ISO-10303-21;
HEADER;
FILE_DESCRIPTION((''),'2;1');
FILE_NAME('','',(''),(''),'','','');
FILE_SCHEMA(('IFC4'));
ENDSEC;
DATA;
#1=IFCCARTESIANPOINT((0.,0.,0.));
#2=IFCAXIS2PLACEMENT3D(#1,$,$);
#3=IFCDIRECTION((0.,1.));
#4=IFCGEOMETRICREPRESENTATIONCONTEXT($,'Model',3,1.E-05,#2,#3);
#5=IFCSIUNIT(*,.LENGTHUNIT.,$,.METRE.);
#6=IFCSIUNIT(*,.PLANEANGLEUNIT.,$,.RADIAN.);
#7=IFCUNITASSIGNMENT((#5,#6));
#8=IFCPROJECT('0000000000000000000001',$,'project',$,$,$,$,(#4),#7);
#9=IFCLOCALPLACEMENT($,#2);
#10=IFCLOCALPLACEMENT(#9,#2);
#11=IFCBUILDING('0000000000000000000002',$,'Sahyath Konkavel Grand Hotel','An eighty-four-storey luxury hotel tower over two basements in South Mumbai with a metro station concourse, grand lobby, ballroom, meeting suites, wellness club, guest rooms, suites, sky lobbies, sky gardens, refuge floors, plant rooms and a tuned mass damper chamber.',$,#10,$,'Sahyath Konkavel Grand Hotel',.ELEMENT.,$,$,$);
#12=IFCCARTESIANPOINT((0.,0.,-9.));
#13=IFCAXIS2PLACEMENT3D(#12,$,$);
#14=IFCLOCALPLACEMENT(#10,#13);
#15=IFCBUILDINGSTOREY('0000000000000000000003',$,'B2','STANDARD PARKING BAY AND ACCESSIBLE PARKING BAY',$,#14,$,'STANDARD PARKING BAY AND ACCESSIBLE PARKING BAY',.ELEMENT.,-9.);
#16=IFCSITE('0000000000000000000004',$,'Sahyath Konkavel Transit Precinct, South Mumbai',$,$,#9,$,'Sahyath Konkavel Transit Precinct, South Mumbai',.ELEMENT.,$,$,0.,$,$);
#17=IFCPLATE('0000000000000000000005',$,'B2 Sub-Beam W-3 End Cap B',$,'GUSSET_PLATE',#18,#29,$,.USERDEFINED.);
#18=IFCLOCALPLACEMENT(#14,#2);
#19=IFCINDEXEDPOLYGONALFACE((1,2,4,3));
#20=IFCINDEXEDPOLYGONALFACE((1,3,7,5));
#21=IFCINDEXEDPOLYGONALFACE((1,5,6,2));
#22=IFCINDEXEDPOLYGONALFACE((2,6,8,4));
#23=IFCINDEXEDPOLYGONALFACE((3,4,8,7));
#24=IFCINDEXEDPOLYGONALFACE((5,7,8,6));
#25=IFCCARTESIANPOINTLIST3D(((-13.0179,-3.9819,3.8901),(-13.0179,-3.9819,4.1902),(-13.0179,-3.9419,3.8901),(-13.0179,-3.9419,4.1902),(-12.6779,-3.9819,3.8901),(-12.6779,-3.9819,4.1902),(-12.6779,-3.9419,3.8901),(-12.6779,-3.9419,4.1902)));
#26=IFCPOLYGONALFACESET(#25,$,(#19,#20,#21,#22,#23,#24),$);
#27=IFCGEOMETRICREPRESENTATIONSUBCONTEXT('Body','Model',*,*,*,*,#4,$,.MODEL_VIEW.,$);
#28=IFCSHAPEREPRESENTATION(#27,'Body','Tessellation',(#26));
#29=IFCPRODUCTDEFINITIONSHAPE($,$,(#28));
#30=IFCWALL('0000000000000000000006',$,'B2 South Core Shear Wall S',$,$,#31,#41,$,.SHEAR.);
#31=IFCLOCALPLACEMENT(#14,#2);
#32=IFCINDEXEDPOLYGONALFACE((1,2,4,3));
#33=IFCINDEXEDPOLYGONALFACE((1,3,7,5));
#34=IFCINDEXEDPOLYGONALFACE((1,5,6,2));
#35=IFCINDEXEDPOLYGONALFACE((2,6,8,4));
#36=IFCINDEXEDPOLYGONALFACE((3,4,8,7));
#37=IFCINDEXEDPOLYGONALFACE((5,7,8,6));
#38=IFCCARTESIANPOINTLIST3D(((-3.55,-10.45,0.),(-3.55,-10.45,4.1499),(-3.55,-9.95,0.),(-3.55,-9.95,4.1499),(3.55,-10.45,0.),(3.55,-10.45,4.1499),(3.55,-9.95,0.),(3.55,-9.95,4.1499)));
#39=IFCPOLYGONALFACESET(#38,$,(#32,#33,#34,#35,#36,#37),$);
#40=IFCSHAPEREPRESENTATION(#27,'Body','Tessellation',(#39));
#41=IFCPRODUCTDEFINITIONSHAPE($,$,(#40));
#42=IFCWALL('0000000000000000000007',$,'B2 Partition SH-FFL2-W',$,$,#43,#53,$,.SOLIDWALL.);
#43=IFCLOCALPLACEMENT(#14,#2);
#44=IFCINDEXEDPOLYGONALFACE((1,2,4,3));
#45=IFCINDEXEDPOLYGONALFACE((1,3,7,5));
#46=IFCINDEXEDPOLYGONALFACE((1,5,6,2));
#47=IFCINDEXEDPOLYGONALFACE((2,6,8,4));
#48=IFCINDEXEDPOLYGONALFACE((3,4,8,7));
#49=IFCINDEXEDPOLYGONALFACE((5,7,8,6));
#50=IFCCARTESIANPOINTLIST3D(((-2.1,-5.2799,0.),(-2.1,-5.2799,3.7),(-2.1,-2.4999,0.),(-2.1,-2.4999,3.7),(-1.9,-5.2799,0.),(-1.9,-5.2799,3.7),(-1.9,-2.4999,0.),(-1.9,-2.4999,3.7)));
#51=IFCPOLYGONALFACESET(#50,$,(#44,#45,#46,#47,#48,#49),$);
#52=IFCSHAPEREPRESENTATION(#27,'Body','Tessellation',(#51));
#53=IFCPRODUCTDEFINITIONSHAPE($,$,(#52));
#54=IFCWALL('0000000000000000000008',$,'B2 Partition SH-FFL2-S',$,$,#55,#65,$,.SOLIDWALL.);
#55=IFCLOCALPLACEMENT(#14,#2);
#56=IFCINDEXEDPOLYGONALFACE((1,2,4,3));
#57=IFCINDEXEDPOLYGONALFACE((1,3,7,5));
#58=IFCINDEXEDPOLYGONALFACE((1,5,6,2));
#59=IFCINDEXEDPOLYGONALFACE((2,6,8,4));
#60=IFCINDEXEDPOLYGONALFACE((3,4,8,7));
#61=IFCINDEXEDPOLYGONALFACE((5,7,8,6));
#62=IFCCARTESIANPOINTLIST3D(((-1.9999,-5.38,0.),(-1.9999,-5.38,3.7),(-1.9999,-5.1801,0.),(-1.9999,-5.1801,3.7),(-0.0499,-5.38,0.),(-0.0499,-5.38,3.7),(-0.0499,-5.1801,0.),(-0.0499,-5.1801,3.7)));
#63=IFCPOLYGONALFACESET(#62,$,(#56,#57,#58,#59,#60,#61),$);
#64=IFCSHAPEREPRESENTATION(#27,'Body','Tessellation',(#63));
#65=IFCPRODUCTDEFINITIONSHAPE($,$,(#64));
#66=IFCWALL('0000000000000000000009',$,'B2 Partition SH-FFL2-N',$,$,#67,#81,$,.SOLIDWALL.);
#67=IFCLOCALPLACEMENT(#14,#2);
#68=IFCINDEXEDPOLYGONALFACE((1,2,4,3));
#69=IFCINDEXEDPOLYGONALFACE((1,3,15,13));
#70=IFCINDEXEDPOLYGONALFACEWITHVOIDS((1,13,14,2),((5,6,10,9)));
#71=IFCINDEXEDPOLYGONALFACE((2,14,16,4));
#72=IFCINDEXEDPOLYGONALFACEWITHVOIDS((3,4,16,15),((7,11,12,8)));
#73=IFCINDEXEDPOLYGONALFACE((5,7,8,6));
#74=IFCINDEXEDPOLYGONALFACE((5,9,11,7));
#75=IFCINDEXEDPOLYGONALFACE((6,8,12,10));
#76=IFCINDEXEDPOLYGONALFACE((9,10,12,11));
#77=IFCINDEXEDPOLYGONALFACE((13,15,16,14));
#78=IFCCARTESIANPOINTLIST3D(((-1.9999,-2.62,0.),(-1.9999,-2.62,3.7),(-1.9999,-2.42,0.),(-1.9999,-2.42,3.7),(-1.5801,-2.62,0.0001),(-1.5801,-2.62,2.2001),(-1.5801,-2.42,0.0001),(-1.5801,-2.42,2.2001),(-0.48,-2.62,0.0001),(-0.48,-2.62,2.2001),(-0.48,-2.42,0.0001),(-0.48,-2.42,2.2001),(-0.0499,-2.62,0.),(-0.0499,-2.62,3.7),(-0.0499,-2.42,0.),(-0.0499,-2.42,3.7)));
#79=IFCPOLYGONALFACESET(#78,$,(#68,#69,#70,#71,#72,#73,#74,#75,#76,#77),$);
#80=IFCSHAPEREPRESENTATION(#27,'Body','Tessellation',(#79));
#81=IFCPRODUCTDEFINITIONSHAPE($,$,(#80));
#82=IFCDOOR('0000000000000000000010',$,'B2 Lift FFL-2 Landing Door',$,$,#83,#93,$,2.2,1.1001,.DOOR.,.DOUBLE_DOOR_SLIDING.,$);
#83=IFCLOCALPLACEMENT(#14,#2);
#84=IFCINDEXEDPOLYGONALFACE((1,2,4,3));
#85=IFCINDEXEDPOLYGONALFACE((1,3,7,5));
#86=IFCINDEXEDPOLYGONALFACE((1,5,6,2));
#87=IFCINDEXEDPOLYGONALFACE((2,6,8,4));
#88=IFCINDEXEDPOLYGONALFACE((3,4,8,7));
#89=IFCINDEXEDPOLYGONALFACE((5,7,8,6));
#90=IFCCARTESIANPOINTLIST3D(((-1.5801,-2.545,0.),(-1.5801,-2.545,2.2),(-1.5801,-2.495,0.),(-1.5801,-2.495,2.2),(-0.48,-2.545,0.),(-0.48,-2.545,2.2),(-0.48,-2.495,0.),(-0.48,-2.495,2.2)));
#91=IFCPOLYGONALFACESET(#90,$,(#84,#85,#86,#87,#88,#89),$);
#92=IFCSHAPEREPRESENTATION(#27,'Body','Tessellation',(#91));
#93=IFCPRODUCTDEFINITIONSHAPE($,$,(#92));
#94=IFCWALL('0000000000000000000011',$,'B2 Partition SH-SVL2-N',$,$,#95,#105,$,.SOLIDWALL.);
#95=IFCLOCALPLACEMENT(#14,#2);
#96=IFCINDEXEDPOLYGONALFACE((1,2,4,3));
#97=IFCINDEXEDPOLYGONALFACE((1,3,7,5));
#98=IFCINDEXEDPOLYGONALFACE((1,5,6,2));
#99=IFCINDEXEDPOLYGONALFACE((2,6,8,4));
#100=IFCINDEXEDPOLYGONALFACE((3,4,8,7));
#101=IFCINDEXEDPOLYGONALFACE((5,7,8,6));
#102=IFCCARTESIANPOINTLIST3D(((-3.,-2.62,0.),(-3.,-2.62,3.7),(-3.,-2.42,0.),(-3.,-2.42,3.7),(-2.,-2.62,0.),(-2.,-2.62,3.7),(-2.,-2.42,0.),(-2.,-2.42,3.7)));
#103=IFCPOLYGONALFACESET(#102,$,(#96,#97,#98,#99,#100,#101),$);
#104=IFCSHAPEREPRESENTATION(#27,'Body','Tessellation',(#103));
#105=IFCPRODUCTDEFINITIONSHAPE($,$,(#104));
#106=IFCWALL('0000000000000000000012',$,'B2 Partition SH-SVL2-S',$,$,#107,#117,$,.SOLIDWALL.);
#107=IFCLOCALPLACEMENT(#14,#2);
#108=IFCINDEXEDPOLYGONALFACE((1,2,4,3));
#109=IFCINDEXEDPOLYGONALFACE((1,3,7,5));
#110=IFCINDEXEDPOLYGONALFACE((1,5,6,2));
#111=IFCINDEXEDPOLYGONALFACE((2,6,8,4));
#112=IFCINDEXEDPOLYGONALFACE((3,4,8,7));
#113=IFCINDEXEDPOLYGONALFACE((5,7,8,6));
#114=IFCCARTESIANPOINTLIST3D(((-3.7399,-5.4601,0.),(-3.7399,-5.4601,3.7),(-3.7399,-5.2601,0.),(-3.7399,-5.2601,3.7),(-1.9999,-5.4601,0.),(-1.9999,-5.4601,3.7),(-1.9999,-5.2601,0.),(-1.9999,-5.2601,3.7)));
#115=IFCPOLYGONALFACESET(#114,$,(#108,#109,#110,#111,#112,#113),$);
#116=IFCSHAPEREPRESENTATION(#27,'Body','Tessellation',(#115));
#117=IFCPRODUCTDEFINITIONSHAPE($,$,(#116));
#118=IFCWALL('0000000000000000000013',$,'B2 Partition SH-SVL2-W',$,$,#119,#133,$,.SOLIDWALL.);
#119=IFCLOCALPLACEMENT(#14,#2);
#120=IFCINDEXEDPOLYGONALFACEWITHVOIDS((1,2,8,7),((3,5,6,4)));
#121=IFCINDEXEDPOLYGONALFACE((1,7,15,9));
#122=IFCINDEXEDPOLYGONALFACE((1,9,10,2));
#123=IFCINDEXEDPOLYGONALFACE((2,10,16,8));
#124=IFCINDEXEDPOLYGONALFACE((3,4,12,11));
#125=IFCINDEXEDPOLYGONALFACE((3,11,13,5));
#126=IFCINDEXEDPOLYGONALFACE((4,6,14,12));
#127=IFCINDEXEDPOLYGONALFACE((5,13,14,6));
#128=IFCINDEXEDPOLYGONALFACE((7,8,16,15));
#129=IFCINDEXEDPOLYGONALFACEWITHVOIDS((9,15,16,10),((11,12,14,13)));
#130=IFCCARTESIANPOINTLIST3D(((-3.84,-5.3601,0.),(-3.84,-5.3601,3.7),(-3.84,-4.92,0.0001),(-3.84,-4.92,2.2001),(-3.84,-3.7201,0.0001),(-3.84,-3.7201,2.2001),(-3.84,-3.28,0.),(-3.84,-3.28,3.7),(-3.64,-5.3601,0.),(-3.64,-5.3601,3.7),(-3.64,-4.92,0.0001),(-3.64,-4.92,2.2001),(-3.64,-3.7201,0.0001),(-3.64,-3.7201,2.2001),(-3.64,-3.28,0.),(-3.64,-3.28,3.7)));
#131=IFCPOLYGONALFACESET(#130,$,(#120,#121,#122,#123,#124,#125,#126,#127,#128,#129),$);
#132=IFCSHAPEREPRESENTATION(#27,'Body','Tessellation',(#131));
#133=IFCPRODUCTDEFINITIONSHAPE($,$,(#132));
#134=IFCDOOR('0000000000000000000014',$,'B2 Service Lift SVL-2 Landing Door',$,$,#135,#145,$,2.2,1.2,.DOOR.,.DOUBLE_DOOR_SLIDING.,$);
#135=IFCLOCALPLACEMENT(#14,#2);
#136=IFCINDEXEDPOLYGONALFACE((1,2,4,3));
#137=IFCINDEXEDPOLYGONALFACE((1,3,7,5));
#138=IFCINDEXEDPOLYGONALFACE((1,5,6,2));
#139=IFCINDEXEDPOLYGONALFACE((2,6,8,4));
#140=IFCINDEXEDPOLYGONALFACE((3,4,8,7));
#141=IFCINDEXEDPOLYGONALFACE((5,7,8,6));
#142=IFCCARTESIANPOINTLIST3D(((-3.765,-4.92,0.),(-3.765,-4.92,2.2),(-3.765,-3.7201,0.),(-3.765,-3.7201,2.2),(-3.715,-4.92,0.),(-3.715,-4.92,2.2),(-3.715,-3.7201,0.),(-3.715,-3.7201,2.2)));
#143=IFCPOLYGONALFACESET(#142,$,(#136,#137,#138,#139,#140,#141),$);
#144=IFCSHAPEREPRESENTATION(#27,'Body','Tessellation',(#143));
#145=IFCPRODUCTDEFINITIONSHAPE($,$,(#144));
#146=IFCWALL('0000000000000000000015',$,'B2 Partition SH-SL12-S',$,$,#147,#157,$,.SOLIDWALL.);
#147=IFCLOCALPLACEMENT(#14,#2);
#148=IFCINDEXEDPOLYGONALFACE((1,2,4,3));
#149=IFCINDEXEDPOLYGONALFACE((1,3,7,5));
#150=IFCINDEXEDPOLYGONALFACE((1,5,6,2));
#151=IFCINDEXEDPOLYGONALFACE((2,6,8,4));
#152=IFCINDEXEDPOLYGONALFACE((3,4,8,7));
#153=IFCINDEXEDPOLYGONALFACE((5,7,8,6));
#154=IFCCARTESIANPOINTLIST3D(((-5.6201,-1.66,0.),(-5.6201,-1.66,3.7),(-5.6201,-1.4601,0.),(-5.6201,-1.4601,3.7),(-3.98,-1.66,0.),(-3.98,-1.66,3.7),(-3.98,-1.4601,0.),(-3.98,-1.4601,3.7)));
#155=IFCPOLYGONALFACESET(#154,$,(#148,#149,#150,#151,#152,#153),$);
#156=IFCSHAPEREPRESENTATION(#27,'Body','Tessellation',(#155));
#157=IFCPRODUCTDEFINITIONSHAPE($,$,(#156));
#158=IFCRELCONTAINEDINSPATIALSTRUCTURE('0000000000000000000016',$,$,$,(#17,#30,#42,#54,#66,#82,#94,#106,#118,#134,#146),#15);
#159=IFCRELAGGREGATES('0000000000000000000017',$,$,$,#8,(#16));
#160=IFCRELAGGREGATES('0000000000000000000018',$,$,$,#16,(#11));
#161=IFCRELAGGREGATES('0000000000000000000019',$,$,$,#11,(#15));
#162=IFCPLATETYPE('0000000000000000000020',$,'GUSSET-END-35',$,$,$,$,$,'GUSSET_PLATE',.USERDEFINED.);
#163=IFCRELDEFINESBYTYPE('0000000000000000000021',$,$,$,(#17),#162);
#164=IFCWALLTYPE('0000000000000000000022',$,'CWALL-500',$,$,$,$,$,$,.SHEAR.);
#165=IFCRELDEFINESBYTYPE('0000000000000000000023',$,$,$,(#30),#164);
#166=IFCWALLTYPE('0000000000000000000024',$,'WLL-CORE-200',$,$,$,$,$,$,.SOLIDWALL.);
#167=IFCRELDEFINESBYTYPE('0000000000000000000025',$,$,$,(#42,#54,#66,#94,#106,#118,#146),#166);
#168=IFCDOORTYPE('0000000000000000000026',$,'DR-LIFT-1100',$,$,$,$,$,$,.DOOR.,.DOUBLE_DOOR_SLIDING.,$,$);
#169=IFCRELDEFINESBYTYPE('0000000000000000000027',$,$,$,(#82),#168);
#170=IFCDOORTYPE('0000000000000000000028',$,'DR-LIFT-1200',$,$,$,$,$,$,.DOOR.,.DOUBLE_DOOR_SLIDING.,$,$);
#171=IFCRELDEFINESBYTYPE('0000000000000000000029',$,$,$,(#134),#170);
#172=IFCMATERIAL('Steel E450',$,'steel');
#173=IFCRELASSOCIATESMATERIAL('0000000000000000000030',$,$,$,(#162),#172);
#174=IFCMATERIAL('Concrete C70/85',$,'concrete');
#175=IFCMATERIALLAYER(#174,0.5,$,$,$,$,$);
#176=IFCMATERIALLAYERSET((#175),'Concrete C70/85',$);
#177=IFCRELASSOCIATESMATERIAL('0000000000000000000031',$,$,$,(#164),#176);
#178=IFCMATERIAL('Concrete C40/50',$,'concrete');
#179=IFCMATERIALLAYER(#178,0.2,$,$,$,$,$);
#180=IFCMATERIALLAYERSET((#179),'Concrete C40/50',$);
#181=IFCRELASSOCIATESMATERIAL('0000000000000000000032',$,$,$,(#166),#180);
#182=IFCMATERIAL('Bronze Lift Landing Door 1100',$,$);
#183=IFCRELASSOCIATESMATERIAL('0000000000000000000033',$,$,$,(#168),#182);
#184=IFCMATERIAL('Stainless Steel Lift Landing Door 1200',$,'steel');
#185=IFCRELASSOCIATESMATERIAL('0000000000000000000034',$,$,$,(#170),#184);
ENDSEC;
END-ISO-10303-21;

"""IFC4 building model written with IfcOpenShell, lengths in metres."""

from ifc_helpers import new_model, si_unit, direction, frame, frame_2d, origin, origin_2d, place, context, subcontext, project, spatial, rectangle, extrude, source, transform, mapped, material, layer, layer_set, type_object, element, fill, save


model = new_model("IFC4")

# Units and contexts
model_context = context("Model", 3, precision=1e-05, world=origin(), true_north=direction((0.0, 1.0)))
body_context = subcontext(model_context, "Body", "Model", "MODEL_VIEW")
ifc_project = project(units=[si_unit("LENGTHUNIT", "METRE"), si_unit("PLANEANGLEUNIT", "RADIAN")], contexts=[model_context])

# Site, building, storey
site_placement = place(None, origin())
site = spatial("IfcSite", under=ifc_project, at=site_placement, Name="Sahyath Konkavel Transit Precinct, South Mumbai", LongName="Sahyath Konkavel Transit Precinct, South Mumbai", CompositionType="ELEMENT", RefElevation=0.0)
building_placement = place(site_placement, origin())
building = spatial("IfcBuilding", under=site, at=building_placement, Name="Sahyath Konkavel Grand Hotel", Description="An eighty-four-storey luxury hotel tower over two basements in South Mumbai with a metro station concourse, grand lobby, ballroom, meeting suites, wellness club, guest rooms, suites, sky lobbies, sky gardens, refuge floors, plant rooms and a tuned mass damper chamber.", LongName="Sahyath Konkavel Grand Hotel", CompositionType="ELEMENT")
storey_placement = place(building_placement, frame((0.0, 0.0, -9.0)))
storey = spatial("IfcBuildingStorey", under=building, at=storey_placement, Name="B2", Description="STANDARD PARKING BAY AND ACCESSIBLE PARKING BAY", LongName="STANDARD PARKING BAY AND ACCESSIBLE PARKING BAY", CompositionType="ELEMENT", Elevation=-9.0)

# Shared definitions
ifc_material_1 = material(Name="Concrete C70/85", Category="concrete")

# Plate
ifc_material_2 = material(Name="Steel E450", Category="steel")
plate_type = type_object("IfcPlateType", Name="GUSSET-END-35", ElementType="GUSSET_PLATE", PredefinedType="USERDEFINED", material=ifc_material_2)
shared_shape_1 = source(origin(), body_context, "Body", "SweptSolid", [
    extrude(rectangle(XDim=0.04, YDim=0.3401, at=origin_2d()), origin(), (0.0, 0.0, 1.0), 0.3),
])
plate_placement = place(storey_placement, frame((-12.8479, -3.9619, 3.8901), z_axis=(0.0, 0.0, 1.0), x_axis=(0.0, -1.0, 0.0)))
element("IfcPlate", 1, at=plate_placement, inside=storey, type_object=plate_type, Name="B2 Sub-Beam W-3 End Cap B", ObjectType="GUSSET_PLATE", PredefinedType="USERDEFINED", context=body_context, shape_type="MappedRepresentation", body=[
    mapped(shared_shape_1, transform((0.0, 0.0, 0.0), scale=1.0)),
])

# Walls
ifc_layer_1 = layer(ifc_material_1, 0.5)
ifc_layer_set_1 = layer_set([ifc_layer_1], Name="Concrete C70/85")
wall_type_1 = type_object("IfcWallType", Name="CWALL-500", PredefinedType="SHEAR", material=ifc_layer_set_1)
wall_1_placement = place(storey_placement, frame((-3.55, -10.2, 0.0), z_axis=(0.0, 0.0, 1.0), x_axis=(1.0, 0.0, 0.0)))
element("IfcWall", 2, at=wall_1_placement, inside=storey, type_object=wall_type_1, Name="B2 South Core Shear Wall S", PredefinedType="SHEAR", context=body_context, shape_type="SweptSolid", body=[
    extrude(rectangle(XDim=7.1001, YDim=0.5, at=frame_2d((3.55, 0.0))), origin(), (0.0, 0.0, 1.0), 4.1499),
])
ifc_material_3 = material(Name="Concrete C40/50", Category="concrete")
ifc_layer_2 = layer(ifc_material_3, 0.2)
ifc_layer_set_2 = layer_set([ifc_layer_2], Name="Concrete C40/50")
wall_type_2 = type_object("IfcWallType", Name="WLL-CORE-200", PredefinedType="SOLIDWALL", material=ifc_layer_set_2)
wall_2_placement = place(storey_placement, frame((-2.0, -5.28, 0.0), z_axis=(0.0, 0.0, 1.0), x_axis=(0.0, 1.0, 0.0)))
element("IfcWall", 3, at=wall_2_placement, inside=storey, type_object=wall_type_2, Name="B2 Partition SH-FFL2-W", PredefinedType="SOLIDWALL", context=body_context, shape_type="SweptSolid", body=[
    extrude(rectangle(XDim=2.78, YDim=0.2, at=frame_2d((1.3901, 0.0))), origin(), (0.0, 0.0, 1.0), 3.7),
])
wall_3_placement = place(storey_placement, frame((-2.0, -5.28, 0.0), z_axis=(0.0, 0.0, 1.0), x_axis=(1.0, 0.0, 0.0)))
element("IfcWall", 4, at=wall_3_placement, inside=storey, type_object=wall_type_2, Name="B2 Partition SH-FFL2-S", PredefinedType="SOLIDWALL", context=body_context, shape_type="SweptSolid", body=[
    extrude(rectangle(XDim=1.95, YDim=0.2, at=frame_2d((0.9751, 0.0))), origin(), (0.0, 0.0, 1.0), 3.7),
])

# Wall, opening, door
wall_4_placement = place(storey_placement, frame((-2.0, -2.52, 0.0), z_axis=(0.0, 0.0, 1.0), x_axis=(1.0, 0.0, 0.0)))
wall_4 = element("IfcWall", 5, at=wall_4_placement, inside=storey, type_object=wall_type_2, Name="B2 Partition SH-FFL2-N", PredefinedType="SOLIDWALL", context=body_context, shape_type="SweptSolid", body=[
    extrude(rectangle(XDim=1.95, YDim=0.2, at=frame_2d((0.9751, 0.0))), origin(), (0.0, 0.0, 1.0), 3.7),
])
opening_1_placement = place(wall_4_placement, frame((0.4199, 0.0, 0.0)))
opening_1 = element("IfcOpeningElement", 6, at=opening_1_placement, cuts=wall_4, PredefinedType="OPENING", context=body_context, shape_type="SweptSolid", body=[
    extrude(rectangle(XDim=1.1001, YDim=2.2, at=frame_2d((0.55, 1.1001))), frame((0.0, 0.1099, 0.0), z_axis=(0.0, -1.0, 0.0), x_axis=(1.0, 0.0, 0.0)), (0.0, 0.0, 1.0), 0.22),
])
ifc_material_4 = material(Name="Bronze Lift Landing Door 1100")
door_type_1 = type_object("IfcDoorType", Name="DR-LIFT-1100", OperationType="DOUBLE_DOOR_SLIDING", PredefinedType="DOOR", material=ifc_material_4)
shared_shape_2 = source(origin(), body_context, "Body", "SweptSolid", [
    extrude(rectangle(XDim=1.1001, YDim=0.05, at=origin_2d()), origin(), (0.0, 0.0, 1.0), 2.2),
])
door_1_placement = place(opening_1_placement, frame((0.55, 0.0, 0.0)))
door_1 = element("IfcDoor", 7, at=door_1_placement, inside=storey, type_object=door_type_1, Name="B2 Lift FFL-2 Landing Door", OperationType="DOUBLE_DOOR_SLIDING", OverallHeight=2.2, OverallWidth=1.1001, PredefinedType="DOOR", context=body_context, shape_type="MappedRepresentation", body=[
    mapped(shared_shape_2, transform((0.0, 0.0, 0.0), scale=1.0)),
])
fill(opening_1, door_1)

# Walls
wall_5_placement = place(storey_placement, frame((-3.0, -2.52, 0.0), z_axis=(0.0, 0.0, 1.0), x_axis=(1.0, 0.0, 0.0)))
element("IfcWall", 8, at=wall_5_placement, inside=storey, type_object=wall_type_2, Name="B2 Partition SH-SVL2-N", PredefinedType="SOLIDWALL", context=body_context, shape_type="SweptSolid", body=[
    extrude(rectangle(XDim=1.0, YDim=0.2, at=frame_2d((0.5, 0.0))), origin(), (0.0, 0.0, 1.0), 3.7),
])
wall_6_placement = place(storey_placement, frame((-3.74, -5.3601, 0.0), z_axis=(0.0, 0.0, 1.0), x_axis=(1.0, 0.0, 0.0)))
element("IfcWall", 9, at=wall_6_placement, inside=storey, type_object=wall_type_2, Name="B2 Partition SH-SVL2-S", PredefinedType="SOLIDWALL", context=body_context, shape_type="SweptSolid", body=[
    extrude(rectangle(XDim=1.74, YDim=0.2, at=frame_2d((0.8701, 0.0))), origin(), (0.0, 0.0, 1.0), 3.7),
])

# Wall, opening, door
wall_7_placement = place(storey_placement, frame((-3.74, -5.3601, 0.0), z_axis=(0.0, 0.0, 1.0), x_axis=(0.0, 1.0, 0.0)))
wall_7 = element("IfcWall", 10, at=wall_7_placement, inside=storey, type_object=wall_type_2, Name="B2 Partition SH-SVL2-W", PredefinedType="SOLIDWALL", context=body_context, shape_type="SweptSolid", body=[
    extrude(rectangle(XDim=2.0801, YDim=0.2, at=frame_2d((1.04, 0.0))), origin(), (0.0, 0.0, 1.0), 3.7),
])
opening_2_placement = place(wall_7_placement, frame((0.4399, 0.0, 0.0)))
opening_2 = element("IfcOpeningElement", 11, at=opening_2_placement, cuts=wall_7, PredefinedType="OPENING", context=body_context, shape_type="SweptSolid", body=[
    extrude(rectangle(XDim=1.2, YDim=2.2, at=frame_2d((0.6001, 1.1001))), frame((0.0, 0.1099, 0.0), z_axis=(0.0, -1.0, 0.0), x_axis=(1.0, 0.0, 0.0)), (0.0, 0.0, 1.0), 0.22),
])
ifc_material_5 = material(Name="Stainless Steel Lift Landing Door 1200", Category="steel")
door_type_2 = type_object("IfcDoorType", Name="DR-LIFT-1200", OperationType="DOUBLE_DOOR_SLIDING", PredefinedType="DOOR", material=ifc_material_5)
shared_shape_3 = source(origin(), body_context, "Body", "SweptSolid", [
    extrude(rectangle(XDim=1.2, YDim=0.05, at=origin_2d()), origin(), (0.0, 0.0, 1.0), 2.2),
])
door_2_placement = place(opening_2_placement, frame((0.6001, 0.0, 0.0)))
door_2 = element("IfcDoor", 12, at=door_2_placement, inside=storey, type_object=door_type_2, Name="B2 Service Lift SVL-2 Landing Door", OperationType="DOUBLE_DOOR_SLIDING", OverallHeight=2.2, OverallWidth=1.2, PredefinedType="DOOR", context=body_context, shape_type="MappedRepresentation", body=[
    mapped(shared_shape_3, transform((0.0, 0.0, 0.0), scale=1.0)),
])
fill(opening_2, door_2)

# Wall
wall_8_placement = place(storey_placement, frame((-5.6201, -1.5601, 0.0), z_axis=(0.0, 0.0, 1.0), x_axis=(1.0, 0.0, 0.0)))
element("IfcWall", 13, at=wall_8_placement, inside=storey, type_object=wall_type_2, Name="B2 Partition SH-SL12-S", PredefinedType="SOLIDWALL", context=body_context, shape_type="SweptSolid", body=[
    extrude(rectangle(XDim=1.6401, YDim=0.2, at=frame_2d((0.8201, 0.0))), origin(), (0.0, 0.0, 1.0), 3.7),
])

save(model, "model.ifc")
